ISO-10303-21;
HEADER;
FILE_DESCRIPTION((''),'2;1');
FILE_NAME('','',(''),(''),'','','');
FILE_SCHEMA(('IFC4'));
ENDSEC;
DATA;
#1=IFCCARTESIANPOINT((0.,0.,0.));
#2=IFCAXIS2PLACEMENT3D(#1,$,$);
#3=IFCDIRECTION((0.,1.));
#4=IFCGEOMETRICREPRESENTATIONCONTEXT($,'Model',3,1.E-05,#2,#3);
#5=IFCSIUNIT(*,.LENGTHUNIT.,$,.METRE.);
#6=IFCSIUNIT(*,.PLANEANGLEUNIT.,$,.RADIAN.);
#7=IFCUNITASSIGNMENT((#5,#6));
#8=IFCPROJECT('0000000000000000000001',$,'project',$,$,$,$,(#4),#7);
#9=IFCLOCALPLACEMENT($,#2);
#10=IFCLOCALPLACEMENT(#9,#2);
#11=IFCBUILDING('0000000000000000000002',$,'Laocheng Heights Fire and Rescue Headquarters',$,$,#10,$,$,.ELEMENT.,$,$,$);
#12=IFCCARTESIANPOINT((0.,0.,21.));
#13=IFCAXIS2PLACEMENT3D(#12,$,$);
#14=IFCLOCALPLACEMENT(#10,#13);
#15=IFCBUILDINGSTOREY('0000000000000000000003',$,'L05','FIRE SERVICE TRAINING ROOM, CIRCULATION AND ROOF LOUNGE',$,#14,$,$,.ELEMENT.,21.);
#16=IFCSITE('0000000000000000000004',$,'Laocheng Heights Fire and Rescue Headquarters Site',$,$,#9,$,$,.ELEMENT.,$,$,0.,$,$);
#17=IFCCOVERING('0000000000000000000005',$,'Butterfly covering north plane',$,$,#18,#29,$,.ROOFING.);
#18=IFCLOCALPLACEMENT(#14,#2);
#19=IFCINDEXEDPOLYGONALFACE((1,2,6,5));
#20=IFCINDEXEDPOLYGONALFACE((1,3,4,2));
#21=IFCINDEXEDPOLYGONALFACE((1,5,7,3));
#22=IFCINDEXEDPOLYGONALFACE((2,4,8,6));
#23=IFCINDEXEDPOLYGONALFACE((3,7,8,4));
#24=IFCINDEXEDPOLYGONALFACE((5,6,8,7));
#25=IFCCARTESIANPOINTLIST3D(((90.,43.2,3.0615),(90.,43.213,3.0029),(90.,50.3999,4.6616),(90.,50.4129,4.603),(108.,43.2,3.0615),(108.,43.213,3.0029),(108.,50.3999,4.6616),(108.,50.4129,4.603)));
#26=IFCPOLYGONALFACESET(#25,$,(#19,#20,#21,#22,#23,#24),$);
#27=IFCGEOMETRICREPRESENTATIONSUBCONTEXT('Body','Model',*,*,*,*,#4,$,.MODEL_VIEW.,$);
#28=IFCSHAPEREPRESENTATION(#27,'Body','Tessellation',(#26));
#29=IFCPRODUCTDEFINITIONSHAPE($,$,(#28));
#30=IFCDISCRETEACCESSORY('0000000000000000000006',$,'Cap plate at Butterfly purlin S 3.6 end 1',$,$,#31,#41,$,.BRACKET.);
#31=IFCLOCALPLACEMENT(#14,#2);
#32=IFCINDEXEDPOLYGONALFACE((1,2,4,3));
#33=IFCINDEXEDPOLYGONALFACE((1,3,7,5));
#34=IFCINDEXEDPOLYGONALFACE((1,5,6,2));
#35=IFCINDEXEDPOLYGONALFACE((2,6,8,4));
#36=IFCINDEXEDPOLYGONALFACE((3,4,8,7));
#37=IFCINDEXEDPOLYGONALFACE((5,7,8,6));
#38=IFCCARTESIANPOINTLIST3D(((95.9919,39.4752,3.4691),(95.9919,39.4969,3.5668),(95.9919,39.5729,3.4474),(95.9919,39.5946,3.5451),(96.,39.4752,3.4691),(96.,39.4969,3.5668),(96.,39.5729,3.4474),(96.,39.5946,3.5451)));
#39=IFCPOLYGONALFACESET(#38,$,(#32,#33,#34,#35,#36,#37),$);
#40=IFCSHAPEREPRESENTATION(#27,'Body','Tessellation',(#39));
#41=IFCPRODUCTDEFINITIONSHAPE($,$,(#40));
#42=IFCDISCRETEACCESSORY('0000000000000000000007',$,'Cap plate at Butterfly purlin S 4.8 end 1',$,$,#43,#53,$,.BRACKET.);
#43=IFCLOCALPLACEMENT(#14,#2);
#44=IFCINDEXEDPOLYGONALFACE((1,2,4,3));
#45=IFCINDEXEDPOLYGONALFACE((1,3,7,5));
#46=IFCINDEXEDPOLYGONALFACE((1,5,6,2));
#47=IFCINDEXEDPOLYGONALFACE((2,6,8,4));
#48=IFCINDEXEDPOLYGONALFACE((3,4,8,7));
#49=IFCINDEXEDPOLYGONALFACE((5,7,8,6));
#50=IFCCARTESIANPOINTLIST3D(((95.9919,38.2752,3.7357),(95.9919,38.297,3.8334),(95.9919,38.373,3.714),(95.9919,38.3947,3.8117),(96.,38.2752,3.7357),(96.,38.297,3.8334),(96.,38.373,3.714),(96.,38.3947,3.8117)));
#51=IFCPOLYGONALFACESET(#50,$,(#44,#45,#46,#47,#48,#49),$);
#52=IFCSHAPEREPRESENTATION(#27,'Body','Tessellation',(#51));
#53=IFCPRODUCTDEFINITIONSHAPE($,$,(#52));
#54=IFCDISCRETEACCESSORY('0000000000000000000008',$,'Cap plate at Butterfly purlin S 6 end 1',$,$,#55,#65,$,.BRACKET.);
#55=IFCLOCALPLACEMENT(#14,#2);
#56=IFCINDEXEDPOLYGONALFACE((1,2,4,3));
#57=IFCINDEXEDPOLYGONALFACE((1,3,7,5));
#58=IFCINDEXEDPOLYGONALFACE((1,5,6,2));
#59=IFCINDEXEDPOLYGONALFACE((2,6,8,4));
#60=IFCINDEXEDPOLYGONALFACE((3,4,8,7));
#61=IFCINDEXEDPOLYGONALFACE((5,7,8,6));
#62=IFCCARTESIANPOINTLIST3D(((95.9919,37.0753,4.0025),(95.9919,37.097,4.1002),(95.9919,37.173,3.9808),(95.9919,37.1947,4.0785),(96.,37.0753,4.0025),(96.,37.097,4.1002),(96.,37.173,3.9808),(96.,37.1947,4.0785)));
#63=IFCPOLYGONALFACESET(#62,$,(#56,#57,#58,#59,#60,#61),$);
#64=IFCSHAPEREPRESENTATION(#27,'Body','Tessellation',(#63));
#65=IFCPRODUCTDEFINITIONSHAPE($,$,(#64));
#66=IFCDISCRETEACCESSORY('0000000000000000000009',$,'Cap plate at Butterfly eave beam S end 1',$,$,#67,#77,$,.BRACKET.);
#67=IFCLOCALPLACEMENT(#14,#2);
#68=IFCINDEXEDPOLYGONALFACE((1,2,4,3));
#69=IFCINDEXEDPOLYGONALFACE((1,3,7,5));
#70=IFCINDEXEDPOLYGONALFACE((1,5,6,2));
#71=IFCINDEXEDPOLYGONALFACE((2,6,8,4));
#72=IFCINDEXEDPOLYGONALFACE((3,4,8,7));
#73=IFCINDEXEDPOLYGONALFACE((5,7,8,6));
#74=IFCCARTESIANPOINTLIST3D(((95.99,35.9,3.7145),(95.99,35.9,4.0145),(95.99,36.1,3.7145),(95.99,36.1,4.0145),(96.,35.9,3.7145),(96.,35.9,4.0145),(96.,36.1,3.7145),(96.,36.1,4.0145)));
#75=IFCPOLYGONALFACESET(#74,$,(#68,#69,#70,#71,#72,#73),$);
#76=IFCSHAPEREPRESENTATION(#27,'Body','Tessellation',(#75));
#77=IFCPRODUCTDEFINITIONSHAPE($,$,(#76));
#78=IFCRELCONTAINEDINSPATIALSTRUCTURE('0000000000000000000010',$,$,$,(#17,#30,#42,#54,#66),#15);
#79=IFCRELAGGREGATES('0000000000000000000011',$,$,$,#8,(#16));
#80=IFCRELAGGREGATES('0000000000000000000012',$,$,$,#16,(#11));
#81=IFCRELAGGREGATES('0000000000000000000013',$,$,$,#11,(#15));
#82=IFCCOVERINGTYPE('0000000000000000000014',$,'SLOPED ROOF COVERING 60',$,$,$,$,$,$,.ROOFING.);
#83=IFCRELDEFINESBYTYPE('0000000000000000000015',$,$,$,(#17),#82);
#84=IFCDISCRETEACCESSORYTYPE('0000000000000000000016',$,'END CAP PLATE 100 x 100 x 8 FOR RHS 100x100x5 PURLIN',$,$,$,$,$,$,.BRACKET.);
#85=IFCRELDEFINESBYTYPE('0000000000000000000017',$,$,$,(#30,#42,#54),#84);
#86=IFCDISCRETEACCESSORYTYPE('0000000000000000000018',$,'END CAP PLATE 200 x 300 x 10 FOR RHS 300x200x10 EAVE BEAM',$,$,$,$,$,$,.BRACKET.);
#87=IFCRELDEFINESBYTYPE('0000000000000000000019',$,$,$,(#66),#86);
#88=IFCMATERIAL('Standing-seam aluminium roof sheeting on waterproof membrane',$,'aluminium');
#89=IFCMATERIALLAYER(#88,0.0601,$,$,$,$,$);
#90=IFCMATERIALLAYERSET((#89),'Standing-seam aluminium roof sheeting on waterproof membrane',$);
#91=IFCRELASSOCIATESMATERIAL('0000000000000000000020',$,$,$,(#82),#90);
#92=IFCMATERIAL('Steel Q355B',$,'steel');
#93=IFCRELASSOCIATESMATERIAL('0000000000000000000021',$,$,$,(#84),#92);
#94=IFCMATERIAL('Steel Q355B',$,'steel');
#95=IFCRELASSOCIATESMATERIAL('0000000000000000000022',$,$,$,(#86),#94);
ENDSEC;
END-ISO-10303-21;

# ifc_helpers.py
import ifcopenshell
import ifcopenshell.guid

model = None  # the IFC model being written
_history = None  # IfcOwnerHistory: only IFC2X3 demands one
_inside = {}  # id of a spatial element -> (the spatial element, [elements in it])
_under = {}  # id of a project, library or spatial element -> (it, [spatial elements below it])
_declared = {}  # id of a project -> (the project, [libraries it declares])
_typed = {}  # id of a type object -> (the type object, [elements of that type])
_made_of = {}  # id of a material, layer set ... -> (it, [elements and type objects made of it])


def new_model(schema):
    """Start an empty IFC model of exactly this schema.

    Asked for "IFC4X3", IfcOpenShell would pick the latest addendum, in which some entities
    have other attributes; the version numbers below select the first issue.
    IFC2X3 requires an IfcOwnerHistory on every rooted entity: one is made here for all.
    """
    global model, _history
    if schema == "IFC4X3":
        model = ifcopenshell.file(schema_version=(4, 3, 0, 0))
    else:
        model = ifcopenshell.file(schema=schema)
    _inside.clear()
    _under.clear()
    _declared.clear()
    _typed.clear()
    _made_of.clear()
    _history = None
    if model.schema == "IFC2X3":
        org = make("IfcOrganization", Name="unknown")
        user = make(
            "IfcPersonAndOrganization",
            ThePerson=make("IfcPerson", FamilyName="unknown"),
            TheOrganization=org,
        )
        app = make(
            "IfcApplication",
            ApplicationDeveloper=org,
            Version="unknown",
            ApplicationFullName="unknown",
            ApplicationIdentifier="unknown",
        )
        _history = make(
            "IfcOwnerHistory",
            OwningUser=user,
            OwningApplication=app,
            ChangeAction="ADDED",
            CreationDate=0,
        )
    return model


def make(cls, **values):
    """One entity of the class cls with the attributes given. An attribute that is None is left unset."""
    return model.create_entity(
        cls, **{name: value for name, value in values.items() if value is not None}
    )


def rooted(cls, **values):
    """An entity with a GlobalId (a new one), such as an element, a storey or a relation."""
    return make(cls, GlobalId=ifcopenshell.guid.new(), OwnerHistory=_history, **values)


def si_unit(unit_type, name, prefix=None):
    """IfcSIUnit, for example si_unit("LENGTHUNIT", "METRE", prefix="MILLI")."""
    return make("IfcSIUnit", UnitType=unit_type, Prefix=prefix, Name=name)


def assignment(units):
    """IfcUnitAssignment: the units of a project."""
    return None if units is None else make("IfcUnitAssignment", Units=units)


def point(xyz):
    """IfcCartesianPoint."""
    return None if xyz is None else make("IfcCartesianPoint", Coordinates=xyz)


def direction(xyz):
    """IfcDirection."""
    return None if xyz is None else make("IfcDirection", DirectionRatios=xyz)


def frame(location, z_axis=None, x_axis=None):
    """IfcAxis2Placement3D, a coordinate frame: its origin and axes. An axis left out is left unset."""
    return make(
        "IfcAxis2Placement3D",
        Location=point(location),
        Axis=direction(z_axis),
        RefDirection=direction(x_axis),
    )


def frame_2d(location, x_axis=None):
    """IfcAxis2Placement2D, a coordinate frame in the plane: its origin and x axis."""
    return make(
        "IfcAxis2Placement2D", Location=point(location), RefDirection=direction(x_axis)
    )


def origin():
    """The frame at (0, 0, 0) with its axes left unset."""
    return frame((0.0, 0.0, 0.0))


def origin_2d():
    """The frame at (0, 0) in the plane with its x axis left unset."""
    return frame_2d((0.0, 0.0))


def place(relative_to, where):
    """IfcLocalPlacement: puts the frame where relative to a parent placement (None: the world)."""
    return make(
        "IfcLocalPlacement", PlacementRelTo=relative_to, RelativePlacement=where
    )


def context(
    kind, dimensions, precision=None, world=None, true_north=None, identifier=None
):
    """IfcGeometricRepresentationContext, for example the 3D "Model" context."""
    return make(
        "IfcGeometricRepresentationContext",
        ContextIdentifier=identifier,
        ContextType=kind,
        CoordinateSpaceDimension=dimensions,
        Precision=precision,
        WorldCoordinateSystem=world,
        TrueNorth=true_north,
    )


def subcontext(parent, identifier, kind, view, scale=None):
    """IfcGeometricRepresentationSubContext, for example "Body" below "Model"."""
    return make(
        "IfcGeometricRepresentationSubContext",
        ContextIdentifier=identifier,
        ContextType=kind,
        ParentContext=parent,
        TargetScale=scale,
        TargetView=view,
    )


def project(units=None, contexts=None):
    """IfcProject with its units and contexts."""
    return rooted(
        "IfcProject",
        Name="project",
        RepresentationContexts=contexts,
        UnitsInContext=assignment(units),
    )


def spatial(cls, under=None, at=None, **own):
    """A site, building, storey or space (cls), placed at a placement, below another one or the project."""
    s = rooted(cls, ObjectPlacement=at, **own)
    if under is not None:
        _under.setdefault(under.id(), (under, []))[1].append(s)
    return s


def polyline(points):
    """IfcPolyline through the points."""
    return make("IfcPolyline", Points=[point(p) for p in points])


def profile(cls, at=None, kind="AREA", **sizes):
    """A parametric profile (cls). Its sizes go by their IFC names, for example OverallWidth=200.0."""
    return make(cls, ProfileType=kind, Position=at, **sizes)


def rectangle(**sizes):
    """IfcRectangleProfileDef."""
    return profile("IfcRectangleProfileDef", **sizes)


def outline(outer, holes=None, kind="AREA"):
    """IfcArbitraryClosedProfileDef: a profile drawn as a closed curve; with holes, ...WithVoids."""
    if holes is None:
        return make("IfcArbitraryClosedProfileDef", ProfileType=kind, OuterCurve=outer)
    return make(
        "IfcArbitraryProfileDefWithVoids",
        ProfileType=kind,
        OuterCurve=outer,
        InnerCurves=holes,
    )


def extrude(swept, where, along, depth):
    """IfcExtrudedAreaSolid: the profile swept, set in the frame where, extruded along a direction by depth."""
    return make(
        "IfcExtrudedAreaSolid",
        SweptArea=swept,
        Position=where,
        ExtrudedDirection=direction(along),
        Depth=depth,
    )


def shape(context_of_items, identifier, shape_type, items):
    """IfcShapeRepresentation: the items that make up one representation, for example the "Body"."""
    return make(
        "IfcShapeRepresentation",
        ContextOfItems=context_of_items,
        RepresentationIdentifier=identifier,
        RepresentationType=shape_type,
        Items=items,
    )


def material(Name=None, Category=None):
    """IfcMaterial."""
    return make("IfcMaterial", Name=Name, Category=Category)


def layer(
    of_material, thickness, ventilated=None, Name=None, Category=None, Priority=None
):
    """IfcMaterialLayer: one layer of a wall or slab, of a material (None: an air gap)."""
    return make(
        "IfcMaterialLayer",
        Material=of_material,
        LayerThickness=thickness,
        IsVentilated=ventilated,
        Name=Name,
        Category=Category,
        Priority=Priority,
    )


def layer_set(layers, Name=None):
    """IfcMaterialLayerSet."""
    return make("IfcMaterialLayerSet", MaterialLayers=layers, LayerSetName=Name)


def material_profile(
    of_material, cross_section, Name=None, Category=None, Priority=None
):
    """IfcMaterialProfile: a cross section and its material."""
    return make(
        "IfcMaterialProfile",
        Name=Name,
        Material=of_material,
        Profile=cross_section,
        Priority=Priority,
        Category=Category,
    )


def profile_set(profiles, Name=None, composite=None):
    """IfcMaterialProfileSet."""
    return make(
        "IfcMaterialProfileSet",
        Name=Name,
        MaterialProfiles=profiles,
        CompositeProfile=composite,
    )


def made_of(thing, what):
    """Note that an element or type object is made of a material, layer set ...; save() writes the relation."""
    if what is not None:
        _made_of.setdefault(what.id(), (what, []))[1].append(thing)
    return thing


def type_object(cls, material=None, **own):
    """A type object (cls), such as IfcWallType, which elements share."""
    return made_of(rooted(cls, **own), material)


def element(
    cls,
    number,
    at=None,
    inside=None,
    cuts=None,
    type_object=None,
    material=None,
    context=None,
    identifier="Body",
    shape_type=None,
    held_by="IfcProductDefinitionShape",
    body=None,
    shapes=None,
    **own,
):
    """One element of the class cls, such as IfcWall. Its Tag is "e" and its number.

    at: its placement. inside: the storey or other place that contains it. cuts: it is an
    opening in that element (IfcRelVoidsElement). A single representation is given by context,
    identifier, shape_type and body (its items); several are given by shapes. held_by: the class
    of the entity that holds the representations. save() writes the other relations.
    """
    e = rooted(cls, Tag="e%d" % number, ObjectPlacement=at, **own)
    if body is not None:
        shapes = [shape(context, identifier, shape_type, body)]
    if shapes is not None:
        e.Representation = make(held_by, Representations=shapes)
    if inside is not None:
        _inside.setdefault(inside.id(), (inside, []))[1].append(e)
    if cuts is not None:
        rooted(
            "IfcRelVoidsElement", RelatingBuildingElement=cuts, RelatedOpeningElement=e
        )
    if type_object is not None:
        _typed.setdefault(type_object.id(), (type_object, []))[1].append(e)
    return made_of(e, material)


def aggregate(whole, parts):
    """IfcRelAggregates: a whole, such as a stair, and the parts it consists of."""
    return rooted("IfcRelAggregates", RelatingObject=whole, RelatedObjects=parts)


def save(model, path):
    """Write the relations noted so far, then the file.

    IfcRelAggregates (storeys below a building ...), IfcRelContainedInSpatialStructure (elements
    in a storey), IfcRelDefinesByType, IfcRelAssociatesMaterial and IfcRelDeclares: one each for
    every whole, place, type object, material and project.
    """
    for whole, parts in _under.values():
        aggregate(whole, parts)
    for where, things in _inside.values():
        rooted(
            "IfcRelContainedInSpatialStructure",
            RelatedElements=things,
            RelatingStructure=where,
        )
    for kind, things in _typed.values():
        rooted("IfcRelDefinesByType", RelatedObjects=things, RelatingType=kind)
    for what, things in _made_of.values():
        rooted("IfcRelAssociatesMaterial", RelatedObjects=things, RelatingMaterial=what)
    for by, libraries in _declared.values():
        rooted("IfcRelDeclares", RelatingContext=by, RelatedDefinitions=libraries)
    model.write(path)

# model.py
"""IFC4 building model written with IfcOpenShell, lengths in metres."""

from ifc_helpers import new_model, si_unit, direction, frame, origin, origin_2d, place, context, subcontext, project, spatial, polyline, rectangle, outline, extrude, material, layer, layer_set, material_profile, profile_set, type_object, element, save


model = new_model("IFC4")

# Units and contexts
model_context = context("Model", 3, precision=1e-05, world=origin(), true_north=direction((0.0, 1.0)))
body_context = subcontext(model_context, "Body", "Model", "MODEL_VIEW")
ifc_project = project(units=[si_unit("LENGTHUNIT", "METRE"), si_unit("PLANEANGLEUNIT", "RADIAN")], contexts=[model_context])

# Site, building, storey
site_placement = place(None, origin())
site = spatial("IfcSite", under=ifc_project, at=site_placement, Name="Laocheng Heights Fire and Rescue Headquarters Site", CompositionType="ELEMENT", RefElevation=0.0)
building_placement = place(site_placement, origin())
building = spatial("IfcBuilding", under=site, at=building_placement, Name="Laocheng Heights Fire and Rescue Headquarters", CompositionType="ELEMENT")
storey_placement = place(building_placement, frame((0.0, 0.0, 21.0)))
storey = spatial("IfcBuildingStorey", under=building, at=storey_placement, Name="L05", Description="FIRE SERVICE TRAINING ROOM, CIRCULATION AND ROOF LOUNGE", CompositionType="ELEMENT", Elevation=21.0)

# Covering
ifc_material_1 = material(Name="Standing-seam aluminium roof sheeting on waterproof membrane", Category="aluminium")
ifc_layer_1 = layer(ifc_material_1, 0.0601)
ifc_layer_set_1 = layer_set([ifc_layer_1], Name="Standing-seam aluminium roof sheeting on waterproof membrane")
covering_type = type_object("IfcCoveringType", Name="SLOPED ROOF COVERING 60", PredefinedType="ROOFING", material=ifc_layer_set_1)
for number, where, z_axis, x_axis, name in (
    (1, (90.0, 43.2, 3.0615), (0.0, -0.216944, 0.976184), (1.0, 0.0, 0.0), "Butterfly covering north plane"),
):
    element("IfcCovering", number, at=place(storey_placement, frame(where, z_axis=z_axis, x_axis=x_axis)), inside=storey, type_object=covering_type, Name=name, PredefinedType="ROOFING", context=body_context, shape_type="SweptSolid", body=[
        extrude(outline(polyline([(0.0, 0.0), (18.0, 0.0), (18.0, 7.3756), (0.0, 7.3756), (0.0, 0.0)])), origin(), (0.0, 0.0, -1.0), 0.0601),
    ])

# Discrete accessories
ifc_material_2 = material(Name="Steel Q355B", Category="steel")
ifc_material_profile_1 = material_profile(ifc_material_2, rectangle(XDim=0.1001, YDim=0.1001, at=origin_2d()), Name="END CAP PLATE 100 x 100 x 8 FOR RHS 100x100x5 PURLIN")
ifc_profile_set_1 = profile_set([ifc_material_profile_1], Name="Steel Q355B")
discrete_accessory_type_1 = type_object("IfcDiscreteAccessoryType", Name="END CAP PLATE 100 x 100 x 8 FOR RHS 100x100x5 PURLIN", PredefinedType="BRACKET", material=ifc_profile_set_1)
for number, where, z_axis, x_axis, name in (
    (2, (95.9919, 39.5349, 3.5071), (1.0, 0.0, 0.0), (0.0, 0.976187, -0.21693), "Cap plate at Butterfly purlin S 3.6 end 1"),
    (3, (95.9919, 38.335, 3.7737), (1.0, 0.0, 0.0), (0.0, 0.976187, -0.21693), "Cap plate at Butterfly purlin S 4.8 end 1"),
    (4, (95.9919, 37.135, 4.0405), (1.0, 0.0, 0.0), (0.0, 0.976187, -0.21693), "Cap plate at Butterfly purlin S 6 end 1"),
):
    element("IfcDiscreteAccessory", number, at=place(storey_placement, frame(where, z_axis=z_axis, x_axis=x_axis)), inside=storey, type_object=discrete_accessory_type_1, Name=name, PredefinedType="BRACKET", context=body_context, shape_type="SweptSolid", body=[
        extrude(rectangle(XDim=0.1001, YDim=0.1001, at=origin_2d()), origin(), (0.0, 0.0, 1.0), 0.0081),
    ])
ifc_material_3 = material(Name="Steel Q355B", Category="steel")
ifc_material_profile_2 = material_profile(ifc_material_3, rectangle(XDim=0.2, YDim=0.3, at=origin_2d()), Name="END CAP PLATE 200 x 300 x 10 FOR RHS 300x200x10 EAVE BEAM")
ifc_profile_set_2 = profile_set([ifc_material_profile_2], Name="Steel Q355B")
discrete_accessory_type_2 = type_object("IfcDiscreteAccessoryType", Name="END CAP PLATE 200 x 300 x 10 FOR RHS 300x200x10 EAVE BEAM", PredefinedType="BRACKET", material=ifc_profile_set_2)
discrete_accessory_placement = place(storey_placement, frame((95.99, 36.0, 3.8645), z_axis=(1.0, 0.0, 0.0), x_axis=(0.0, 1.0, 0.0)))
element("IfcDiscreteAccessory", 5, at=discrete_accessory_placement, inside=storey, type_object=discrete_accessory_type_2, Name="Cap plate at Butterfly eave beam S end 1", PredefinedType="BRACKET", context=body_context, shape_type="SweptSolid", body=[
    extrude(rectangle(XDim=0.2, YDim=0.3, at=origin_2d()), origin(), (0.0, 0.0, 1.0), 0.01),
])

save(model, "model.ifc")
